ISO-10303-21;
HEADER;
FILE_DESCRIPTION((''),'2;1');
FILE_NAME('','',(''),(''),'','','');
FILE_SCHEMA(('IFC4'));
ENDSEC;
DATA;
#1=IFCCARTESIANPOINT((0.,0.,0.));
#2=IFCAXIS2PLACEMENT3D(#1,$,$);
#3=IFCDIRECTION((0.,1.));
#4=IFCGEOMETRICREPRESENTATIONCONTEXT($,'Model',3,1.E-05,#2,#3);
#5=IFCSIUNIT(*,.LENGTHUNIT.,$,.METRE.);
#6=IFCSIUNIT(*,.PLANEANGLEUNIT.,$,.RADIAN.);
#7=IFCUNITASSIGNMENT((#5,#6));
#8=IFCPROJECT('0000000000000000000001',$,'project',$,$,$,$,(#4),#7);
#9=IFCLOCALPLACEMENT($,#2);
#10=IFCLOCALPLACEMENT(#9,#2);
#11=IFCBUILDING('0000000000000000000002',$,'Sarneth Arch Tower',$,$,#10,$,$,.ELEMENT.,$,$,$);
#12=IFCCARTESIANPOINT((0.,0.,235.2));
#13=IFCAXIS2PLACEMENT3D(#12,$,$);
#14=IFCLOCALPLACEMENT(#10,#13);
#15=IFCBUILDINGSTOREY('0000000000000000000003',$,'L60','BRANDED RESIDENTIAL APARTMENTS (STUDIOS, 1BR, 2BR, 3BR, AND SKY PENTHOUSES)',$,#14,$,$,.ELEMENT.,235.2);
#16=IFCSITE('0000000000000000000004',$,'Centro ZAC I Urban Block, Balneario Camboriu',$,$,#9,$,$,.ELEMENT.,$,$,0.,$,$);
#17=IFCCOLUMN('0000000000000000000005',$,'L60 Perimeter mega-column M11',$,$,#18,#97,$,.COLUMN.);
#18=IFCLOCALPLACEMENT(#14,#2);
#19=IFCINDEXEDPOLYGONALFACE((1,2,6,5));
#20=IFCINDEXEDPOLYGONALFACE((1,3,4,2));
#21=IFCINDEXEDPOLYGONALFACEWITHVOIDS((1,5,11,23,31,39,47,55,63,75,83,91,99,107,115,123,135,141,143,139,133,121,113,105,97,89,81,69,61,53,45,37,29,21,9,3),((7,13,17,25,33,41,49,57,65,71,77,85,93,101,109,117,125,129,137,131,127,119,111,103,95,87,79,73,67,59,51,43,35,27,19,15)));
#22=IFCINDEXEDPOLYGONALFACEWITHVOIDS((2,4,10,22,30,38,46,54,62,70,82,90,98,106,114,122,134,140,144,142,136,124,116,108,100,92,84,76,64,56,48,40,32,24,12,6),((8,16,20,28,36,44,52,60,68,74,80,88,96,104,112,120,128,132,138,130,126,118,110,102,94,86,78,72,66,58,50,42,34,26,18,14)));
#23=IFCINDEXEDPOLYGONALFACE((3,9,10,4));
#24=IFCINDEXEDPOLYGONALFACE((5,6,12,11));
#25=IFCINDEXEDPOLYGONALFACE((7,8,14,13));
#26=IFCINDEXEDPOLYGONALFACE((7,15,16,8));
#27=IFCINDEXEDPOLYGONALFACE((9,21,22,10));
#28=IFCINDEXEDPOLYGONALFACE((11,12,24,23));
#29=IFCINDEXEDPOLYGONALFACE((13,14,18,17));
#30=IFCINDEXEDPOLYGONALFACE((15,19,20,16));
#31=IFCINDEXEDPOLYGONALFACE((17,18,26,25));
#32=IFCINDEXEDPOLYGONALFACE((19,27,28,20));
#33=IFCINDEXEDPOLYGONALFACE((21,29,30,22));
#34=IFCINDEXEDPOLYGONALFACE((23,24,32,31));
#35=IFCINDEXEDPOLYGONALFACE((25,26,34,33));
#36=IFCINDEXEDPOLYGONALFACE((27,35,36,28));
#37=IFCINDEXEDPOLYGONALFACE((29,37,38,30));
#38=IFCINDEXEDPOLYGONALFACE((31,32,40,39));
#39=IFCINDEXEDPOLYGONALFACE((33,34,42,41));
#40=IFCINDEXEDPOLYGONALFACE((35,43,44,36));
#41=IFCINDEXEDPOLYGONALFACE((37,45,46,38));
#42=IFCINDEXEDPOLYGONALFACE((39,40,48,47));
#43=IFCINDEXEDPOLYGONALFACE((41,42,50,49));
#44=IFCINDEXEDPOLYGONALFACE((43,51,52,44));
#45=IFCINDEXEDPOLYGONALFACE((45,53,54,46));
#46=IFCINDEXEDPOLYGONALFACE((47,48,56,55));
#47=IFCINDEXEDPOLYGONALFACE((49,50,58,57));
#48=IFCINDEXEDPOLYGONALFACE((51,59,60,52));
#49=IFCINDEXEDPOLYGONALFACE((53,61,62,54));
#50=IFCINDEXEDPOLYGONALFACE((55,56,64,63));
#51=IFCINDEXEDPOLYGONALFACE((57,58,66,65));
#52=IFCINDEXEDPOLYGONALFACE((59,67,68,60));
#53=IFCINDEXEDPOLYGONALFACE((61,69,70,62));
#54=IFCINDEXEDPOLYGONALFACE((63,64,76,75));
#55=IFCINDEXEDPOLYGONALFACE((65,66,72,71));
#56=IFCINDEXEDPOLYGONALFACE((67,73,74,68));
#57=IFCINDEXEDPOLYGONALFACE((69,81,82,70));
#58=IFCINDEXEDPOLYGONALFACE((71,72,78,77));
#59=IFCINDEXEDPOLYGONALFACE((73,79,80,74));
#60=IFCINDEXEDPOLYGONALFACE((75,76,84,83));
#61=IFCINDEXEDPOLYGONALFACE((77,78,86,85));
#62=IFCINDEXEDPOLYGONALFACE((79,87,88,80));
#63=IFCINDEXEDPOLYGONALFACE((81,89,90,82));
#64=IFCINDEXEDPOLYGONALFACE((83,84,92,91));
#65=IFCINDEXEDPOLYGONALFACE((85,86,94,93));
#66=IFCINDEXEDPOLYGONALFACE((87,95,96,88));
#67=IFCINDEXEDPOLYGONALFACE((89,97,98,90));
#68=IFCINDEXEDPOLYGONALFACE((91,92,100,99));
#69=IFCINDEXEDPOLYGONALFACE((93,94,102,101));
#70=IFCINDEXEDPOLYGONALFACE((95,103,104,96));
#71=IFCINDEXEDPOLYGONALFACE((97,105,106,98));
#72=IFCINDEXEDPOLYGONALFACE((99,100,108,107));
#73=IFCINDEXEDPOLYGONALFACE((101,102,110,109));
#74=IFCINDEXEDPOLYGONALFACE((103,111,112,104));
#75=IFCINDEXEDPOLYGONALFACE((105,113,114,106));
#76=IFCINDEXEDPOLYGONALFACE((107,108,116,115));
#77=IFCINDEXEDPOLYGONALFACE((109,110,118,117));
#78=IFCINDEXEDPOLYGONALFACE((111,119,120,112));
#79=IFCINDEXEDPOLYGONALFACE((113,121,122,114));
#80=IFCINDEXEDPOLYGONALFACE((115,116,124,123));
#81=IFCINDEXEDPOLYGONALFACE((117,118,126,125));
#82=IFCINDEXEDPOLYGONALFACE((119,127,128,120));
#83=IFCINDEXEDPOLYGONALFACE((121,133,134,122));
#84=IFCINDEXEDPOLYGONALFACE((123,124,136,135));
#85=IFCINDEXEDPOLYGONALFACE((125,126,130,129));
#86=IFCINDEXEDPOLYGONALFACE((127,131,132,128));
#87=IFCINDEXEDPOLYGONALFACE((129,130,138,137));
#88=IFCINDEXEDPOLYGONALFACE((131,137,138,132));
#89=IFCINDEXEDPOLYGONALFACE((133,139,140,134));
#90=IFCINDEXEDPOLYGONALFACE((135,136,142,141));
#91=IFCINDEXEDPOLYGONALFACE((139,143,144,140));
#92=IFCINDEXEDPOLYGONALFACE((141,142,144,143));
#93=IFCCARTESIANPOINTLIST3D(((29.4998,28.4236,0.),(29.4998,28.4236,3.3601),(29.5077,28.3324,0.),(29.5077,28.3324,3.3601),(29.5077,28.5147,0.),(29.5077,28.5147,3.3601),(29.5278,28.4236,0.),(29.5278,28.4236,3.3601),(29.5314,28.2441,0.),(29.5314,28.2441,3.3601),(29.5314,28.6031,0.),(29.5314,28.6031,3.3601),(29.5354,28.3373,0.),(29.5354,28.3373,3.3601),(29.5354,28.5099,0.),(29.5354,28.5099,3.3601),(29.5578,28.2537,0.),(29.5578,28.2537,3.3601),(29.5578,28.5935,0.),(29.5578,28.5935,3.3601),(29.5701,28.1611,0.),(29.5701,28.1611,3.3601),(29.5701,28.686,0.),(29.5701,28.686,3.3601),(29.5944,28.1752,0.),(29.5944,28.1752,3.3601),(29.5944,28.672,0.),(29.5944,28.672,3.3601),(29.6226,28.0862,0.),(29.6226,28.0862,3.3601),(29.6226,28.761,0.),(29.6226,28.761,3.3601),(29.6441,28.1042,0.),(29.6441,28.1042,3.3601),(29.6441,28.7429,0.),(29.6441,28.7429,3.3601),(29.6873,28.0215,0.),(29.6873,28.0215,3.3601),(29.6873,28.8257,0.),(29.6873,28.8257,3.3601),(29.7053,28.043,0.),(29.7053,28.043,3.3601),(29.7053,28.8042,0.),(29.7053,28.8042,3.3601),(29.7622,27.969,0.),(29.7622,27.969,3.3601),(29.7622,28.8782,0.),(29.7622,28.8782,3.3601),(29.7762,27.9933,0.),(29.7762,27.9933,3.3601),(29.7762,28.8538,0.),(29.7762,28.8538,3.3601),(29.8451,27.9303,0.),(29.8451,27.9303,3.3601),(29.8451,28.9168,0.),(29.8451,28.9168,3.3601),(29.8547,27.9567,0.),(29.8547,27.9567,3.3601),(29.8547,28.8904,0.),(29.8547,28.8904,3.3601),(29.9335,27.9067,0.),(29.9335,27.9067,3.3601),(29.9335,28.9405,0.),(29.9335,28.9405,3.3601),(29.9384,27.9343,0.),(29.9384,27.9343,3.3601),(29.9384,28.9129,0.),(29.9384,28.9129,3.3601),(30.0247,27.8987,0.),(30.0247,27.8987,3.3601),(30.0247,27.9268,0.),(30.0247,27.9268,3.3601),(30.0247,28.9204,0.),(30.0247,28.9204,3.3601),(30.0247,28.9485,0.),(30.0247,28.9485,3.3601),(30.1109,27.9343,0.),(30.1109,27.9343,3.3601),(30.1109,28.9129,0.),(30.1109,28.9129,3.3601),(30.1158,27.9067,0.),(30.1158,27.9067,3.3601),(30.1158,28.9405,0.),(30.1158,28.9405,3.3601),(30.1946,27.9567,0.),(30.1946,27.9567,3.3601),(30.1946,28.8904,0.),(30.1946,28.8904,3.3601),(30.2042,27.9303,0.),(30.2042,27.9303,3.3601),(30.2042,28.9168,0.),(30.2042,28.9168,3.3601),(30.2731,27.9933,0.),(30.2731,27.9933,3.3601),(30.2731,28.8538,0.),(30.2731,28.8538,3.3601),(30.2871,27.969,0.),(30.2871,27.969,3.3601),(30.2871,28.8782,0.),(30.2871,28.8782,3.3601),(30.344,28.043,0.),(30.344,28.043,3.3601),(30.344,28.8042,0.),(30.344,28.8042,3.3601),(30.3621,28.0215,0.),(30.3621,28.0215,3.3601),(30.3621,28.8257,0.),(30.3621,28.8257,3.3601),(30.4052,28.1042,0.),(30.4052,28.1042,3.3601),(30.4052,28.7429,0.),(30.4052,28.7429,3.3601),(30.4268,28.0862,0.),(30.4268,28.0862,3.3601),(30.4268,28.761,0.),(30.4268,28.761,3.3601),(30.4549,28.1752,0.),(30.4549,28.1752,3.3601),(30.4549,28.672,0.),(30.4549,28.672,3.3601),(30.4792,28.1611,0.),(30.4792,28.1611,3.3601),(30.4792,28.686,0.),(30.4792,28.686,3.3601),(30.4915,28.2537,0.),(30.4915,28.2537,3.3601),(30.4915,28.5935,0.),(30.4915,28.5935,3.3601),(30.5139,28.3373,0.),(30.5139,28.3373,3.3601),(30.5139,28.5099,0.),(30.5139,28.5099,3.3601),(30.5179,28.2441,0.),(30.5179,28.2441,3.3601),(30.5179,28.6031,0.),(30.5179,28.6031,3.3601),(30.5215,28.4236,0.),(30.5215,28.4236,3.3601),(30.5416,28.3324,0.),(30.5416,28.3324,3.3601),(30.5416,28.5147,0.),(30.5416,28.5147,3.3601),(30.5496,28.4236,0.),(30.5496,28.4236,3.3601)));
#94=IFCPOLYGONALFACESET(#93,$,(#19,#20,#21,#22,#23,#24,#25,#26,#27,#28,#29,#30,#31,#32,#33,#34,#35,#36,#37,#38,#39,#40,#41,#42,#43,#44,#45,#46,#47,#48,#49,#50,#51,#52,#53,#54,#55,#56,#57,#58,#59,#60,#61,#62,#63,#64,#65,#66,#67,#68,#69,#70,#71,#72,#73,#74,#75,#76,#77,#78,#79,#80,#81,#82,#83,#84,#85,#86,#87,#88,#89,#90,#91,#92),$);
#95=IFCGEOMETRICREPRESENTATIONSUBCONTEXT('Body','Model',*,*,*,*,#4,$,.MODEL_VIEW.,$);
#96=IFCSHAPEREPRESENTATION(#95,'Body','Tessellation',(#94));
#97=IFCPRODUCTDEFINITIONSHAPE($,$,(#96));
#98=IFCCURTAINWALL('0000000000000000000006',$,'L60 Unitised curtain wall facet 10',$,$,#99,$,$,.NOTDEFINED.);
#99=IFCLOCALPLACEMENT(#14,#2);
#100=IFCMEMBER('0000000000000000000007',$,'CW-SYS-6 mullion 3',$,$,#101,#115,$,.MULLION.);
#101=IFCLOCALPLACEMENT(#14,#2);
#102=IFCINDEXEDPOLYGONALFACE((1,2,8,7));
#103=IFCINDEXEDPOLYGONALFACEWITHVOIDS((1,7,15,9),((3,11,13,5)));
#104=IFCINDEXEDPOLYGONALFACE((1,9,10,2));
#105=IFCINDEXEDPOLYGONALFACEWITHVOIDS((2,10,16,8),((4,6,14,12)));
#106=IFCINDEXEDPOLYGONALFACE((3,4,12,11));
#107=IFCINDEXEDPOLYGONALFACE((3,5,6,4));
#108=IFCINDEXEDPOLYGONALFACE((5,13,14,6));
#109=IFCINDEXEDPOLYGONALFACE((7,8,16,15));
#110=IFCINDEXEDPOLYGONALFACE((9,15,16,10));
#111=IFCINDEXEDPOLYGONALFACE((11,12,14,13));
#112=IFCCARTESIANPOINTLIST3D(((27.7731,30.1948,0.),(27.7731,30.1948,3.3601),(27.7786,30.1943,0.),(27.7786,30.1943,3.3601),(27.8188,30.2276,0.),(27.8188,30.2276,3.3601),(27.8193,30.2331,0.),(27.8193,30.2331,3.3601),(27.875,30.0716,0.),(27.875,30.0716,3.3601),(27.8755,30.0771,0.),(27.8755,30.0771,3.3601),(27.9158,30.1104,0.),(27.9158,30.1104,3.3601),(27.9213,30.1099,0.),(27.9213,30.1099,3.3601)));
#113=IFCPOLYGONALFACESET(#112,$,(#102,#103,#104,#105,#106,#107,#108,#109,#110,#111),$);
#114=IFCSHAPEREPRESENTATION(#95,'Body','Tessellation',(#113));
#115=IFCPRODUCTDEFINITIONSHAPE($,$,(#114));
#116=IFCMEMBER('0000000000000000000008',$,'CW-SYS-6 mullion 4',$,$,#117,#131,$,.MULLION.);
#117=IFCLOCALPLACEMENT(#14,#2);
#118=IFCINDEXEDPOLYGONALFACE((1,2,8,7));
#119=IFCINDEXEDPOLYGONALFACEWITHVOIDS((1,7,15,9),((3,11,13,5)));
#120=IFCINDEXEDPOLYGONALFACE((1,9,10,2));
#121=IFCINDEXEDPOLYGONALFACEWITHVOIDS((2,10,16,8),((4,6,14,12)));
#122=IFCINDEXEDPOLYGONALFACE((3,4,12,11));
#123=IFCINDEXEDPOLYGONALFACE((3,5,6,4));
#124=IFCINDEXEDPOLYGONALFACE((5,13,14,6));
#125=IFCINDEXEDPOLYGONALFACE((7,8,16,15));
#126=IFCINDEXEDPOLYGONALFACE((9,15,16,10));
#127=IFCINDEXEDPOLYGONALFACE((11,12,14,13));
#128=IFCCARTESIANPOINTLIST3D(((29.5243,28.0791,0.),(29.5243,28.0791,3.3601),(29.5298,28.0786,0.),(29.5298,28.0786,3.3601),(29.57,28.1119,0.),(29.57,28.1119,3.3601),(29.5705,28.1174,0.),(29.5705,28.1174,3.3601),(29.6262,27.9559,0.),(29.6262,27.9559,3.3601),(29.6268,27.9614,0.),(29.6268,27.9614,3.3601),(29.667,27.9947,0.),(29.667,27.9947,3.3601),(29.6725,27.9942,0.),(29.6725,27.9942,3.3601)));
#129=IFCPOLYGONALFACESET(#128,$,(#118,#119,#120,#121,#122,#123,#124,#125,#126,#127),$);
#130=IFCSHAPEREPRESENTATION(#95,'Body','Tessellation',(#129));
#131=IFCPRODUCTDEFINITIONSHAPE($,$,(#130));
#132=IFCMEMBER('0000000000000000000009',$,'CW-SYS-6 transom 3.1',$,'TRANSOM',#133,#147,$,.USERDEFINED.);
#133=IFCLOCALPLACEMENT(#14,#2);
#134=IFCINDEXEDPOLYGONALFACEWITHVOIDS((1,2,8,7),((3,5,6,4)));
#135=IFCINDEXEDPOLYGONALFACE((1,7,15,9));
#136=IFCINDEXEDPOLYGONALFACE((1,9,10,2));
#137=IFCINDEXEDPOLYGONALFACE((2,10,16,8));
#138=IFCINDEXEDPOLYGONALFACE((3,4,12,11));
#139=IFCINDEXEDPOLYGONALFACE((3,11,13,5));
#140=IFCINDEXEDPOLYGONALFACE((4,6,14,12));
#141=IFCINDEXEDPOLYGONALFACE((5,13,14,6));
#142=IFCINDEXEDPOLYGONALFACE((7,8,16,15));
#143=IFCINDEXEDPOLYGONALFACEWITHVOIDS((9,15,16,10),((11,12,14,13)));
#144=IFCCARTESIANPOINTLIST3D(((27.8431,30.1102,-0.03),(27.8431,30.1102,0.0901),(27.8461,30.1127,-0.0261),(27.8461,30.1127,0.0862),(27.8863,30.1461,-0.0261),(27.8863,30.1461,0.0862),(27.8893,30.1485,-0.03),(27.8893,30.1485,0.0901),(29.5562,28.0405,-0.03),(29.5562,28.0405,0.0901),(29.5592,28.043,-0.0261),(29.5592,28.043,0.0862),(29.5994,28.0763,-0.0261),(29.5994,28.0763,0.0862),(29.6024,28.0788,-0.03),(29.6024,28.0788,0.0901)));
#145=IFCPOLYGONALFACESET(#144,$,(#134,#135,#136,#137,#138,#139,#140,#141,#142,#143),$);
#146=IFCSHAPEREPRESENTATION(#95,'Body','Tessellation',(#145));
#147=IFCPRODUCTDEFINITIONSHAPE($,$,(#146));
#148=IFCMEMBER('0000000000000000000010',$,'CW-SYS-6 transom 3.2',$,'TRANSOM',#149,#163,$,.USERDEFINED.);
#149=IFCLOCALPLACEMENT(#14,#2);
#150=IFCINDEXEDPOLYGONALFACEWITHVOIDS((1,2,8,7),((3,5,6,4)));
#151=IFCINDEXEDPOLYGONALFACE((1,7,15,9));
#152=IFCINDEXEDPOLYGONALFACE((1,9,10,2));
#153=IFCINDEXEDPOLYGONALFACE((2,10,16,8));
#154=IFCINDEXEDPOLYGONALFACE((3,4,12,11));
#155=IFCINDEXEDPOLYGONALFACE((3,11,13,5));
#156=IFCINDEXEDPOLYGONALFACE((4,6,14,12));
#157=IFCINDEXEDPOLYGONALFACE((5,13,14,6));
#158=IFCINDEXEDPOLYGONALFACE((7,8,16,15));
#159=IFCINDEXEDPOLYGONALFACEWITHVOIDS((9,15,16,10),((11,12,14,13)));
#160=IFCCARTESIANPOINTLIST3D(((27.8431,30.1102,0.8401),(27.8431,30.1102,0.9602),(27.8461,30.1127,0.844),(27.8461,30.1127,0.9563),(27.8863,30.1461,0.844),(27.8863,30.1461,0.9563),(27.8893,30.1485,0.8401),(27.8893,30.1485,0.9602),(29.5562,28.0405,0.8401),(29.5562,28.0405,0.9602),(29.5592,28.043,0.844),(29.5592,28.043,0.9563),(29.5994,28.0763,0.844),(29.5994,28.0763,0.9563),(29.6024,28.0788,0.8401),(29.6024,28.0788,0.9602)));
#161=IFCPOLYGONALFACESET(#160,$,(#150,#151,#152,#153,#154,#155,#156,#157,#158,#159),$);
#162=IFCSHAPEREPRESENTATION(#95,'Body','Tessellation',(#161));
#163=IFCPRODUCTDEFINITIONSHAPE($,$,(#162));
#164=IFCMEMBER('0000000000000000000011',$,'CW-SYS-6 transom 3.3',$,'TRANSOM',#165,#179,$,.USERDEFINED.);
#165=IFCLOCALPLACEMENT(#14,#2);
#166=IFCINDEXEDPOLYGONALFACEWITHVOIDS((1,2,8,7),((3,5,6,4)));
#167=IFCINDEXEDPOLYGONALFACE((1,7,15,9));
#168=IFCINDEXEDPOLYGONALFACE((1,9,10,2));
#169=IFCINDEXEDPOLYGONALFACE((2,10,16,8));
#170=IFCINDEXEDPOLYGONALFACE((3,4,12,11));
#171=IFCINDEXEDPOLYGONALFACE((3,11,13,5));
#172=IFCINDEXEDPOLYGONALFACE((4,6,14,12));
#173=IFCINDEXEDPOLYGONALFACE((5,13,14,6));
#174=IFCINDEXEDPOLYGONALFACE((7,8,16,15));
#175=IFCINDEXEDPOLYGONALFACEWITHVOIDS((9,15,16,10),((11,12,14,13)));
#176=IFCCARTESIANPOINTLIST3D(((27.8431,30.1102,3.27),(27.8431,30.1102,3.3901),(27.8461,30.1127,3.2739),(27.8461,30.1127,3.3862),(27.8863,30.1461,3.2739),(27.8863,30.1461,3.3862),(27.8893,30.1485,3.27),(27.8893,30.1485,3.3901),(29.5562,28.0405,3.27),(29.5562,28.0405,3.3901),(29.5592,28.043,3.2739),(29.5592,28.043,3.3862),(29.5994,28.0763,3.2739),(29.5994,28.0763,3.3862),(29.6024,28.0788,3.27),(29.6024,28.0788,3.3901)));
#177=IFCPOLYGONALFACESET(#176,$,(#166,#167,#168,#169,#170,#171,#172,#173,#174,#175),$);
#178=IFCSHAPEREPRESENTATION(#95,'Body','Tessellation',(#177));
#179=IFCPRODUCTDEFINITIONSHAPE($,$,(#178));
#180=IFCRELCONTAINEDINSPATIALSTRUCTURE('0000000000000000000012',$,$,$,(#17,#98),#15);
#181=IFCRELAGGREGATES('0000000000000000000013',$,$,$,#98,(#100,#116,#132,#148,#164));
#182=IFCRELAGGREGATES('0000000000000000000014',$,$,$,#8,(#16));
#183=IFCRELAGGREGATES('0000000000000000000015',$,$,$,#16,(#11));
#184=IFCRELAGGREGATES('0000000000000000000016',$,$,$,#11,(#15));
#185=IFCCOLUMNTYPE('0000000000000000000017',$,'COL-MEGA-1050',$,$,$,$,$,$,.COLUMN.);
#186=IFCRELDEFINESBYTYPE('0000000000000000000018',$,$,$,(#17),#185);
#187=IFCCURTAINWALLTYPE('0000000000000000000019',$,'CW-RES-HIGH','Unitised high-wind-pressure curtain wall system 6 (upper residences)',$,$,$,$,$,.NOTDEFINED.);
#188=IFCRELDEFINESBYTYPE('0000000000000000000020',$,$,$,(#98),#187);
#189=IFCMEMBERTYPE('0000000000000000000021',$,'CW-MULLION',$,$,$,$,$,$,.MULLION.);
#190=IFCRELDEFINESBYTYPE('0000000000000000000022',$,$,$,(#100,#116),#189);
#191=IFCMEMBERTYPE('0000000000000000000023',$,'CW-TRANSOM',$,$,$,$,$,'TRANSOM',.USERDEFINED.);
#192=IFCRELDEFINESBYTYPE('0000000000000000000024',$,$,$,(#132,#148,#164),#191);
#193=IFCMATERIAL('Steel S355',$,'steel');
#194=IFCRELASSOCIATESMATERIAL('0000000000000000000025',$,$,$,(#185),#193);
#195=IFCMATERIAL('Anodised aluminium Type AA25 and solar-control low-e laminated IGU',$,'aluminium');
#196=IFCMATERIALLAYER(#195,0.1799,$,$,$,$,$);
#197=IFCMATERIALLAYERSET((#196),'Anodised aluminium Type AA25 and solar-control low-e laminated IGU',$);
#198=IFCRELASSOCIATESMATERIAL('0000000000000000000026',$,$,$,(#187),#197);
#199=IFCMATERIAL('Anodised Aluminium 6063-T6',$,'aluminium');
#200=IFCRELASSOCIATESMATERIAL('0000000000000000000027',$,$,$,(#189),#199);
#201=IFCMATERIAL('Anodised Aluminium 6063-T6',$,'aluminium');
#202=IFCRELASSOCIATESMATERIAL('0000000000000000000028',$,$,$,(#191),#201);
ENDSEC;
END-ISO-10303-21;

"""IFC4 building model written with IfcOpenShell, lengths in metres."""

from ifc_helpers import new_model, si_unit, direction, frame, origin, origin_2d, place, context, subcontext, project, spatial, hollow_rectangle, hollow_circle, extrude, material, layer, layer_set, material_profile, profile_set, type_object, element, aggregate, save


model = new_model("IFC4")

# Units and contexts
model_context = context("Model", 3, precision=1e-05, world=origin(), true_north=direction((0.0, 1.0)))
body_context = subcontext(model_context, "Body", "Model", "MODEL_VIEW")
ifc_project = project(units=[si_unit("LENGTHUNIT", "METRE"), si_unit("PLANEANGLEUNIT", "RADIAN")], contexts=[model_context])

# Site, building, storey
site_placement = place(None, origin())
site = spatial("IfcSite", under=ifc_project, at=site_placement, Name="Centro ZAC I Urban Block, Balneario Camboriu", CompositionType="ELEMENT", RefElevation=0.0)
building_placement = place(site_placement, origin())
building = spatial("IfcBuilding", under=site, at=building_placement, Name="Sarneth Arch Tower", CompositionType="ELEMENT")
storey_placement = place(building_placement, frame((0.0, 0.0, 235.2)))
storey = spatial("IfcBuildingStorey", under=building, at=storey_placement, Name="L60", Description="BRANDED RESIDENTIAL APARTMENTS (STUDIOS, 1BR, 2BR, 3BR, AND SKY PENTHOUSES)", CompositionType="ELEMENT", Elevation=235.2)

# Column
ifc_material_1 = material(Name="Steel S355", Category="steel")
ifc_material_profile_1 = material_profile(ifc_material_1, hollow_circle(Radius=0.5249, WallThickness=0.0281, at=origin_2d()), Name="CHS1050x28")
ifc_profile_set_1 = profile_set([ifc_material_profile_1], Name="Steel S355")
column_type = type_object("IfcColumnType", Name="COL-MEGA-1050", PredefinedType="COLUMN", material=ifc_profile_set_1)
column_placement = place(storey_placement, frame((30.0247, 28.4236, 0.0), z_axis=(0.0, 0.0, 1.0), x_axis=(1.0, 0.0, 0.0)))
element("IfcColumn", 1, at=column_placement, inside=storey, type_object=column_type, Name="L60 Perimeter mega-column M11", PredefinedType="COLUMN", context=body_context, shape_type="SweptSolid", body=[
    extrude(hollow_circle(Radius=0.5249, WallThickness=0.0281, at=origin_2d()), origin(), (0.0, 0.0, 1.0), 3.3601),
])

# Curtain wall, members
ifc_material_2 = material(Name="Anodised aluminium Type AA25 and solar-control low-e laminated IGU", Category="aluminium")
ifc_layer_1 = layer(ifc_material_2, 0.1799)
ifc_layer_set_1 = layer_set([ifc_layer_1], Name="Anodised aluminium Type AA25 and solar-control low-e laminated IGU")
curtain_wall_type = type_object("IfcCurtainWallType", Name="CW-RES-HIGH", Description="Unitised high-wind-pressure curtain wall system 6 (upper residences)", PredefinedType="NOTDEFINED", material=ifc_layer_set_1)
curtain_wall_placement = place(storey_placement, origin())
curtain_wall = element("IfcCurtainWall", 2, at=curtain_wall_placement, inside=storey, type_object=curtain_wall_type, Name="L60 Unitised curtain wall facet 10", PredefinedType="NOTDEFINED")
ifc_material_3 = material(Name="Anodised Aluminium 6063-T6", Category="aluminium")
ifc_material_profile_2 = material_profile(ifc_material_3, hollow_rectangle(XDim=0.0601, YDim=0.1599, WallThickness=0.0039, at=origin_2d()), Name="AL-MULL-160x60x4")
ifc_profile_set_2 = profile_set([ifc_material_profile_2], Name="Anodised Aluminium 6063-T6")
member_type_1 = type_object("IfcMemberType", Name="CW-MULLION", PredefinedType="MULLION", material=ifc_profile_set_2)
member_1_placement = place(storey_placement, frame((27.8472, 30.1523, 0.0), z_axis=(0.0, 0.0, 1.0), x_axis=(0.770359, 0.63761, 0.0)))
member_1 = element("IfcMember", 3, at=member_1_placement, type_object=member_type_1, Name="CW-SYS-6 mullion 3", PredefinedType="MULLION", context=body_context, shape_type="SweptSolid", body=[
    extrude(hollow_rectangle(XDim=0.0601, YDim=0.1599, WallThickness=0.0039, at=origin_2d()), origin(), (0.0, 0.0, 1.0), 3.3601),
])
member_2_placement = place(storey_placement, frame((29.5984, 28.0366, 0.0), z_axis=(0.0, 0.0, 1.0), x_axis=(0.770359, 0.63761, 0.0)))
member_2 = element("IfcMember", 4, at=member_2_placement, type_object=member_type_1, Name="CW-SYS-6 mullion 4", PredefinedType="MULLION", context=body_context, shape_type="SweptSolid", body=[
    extrude(hollow_rectangle(XDim=0.0601, YDim=0.1599, WallThickness=0.0039, at=origin_2d()), origin(), (0.0, 0.0, 1.0), 3.3601),
])
ifc_material_4 = material(Name="Anodised Aluminium 6063-T6", Category="aluminium")
ifc_material_profile_3 = material_profile(ifc_material_4, hollow_rectangle(XDim=0.0601, YDim=0.1201, WallThickness=0.0039, at=origin_2d()), Name="AL-TRAN-120x60x4")
ifc_profile_set_3 = profile_set([ifc_material_profile_3], Name="Anodised Aluminium 6063-T6")
member_type_2 = type_object("IfcMemberType", Name="CW-TRANSOM", ElementType="TRANSOM", PredefinedType="USERDEFINED", material=ifc_profile_set_3)
member_3_placement = place(storey_placement, frame((27.8662, 30.1294, 0.03), z_axis=(0.637607, -0.770362, 0.0), x_axis=(0.770362, 0.637607, 0.0)))
member_3 = element("IfcMember", 5, at=member_3_placement, type_object=member_type_2, Name="CW-SYS-6 transom 3.1", ObjectType="TRANSOM", PredefinedType="USERDEFINED", context=body_context, shape_type="SweptSolid", body=[
    extrude(hollow_rectangle(XDim=0.0601, YDim=0.1201, WallThickness=0.0039, at=origin_2d()), origin(), (0.0, 0.0, 1.0), 2.6868),
])
member_4_placement = place(storey_placement, frame((27.8662, 30.1294, 0.9001), z_axis=(0.637607, -0.770362, 0.0), x_axis=(0.770362, 0.637607, 0.0)))
member_4 = element("IfcMember", 6, at=member_4_placement, type_object=member_type_2, Name="CW-SYS-6 transom 3.2", ObjectType="TRANSOM", PredefinedType="USERDEFINED", context=body_context, shape_type="SweptSolid", body=[
    extrude(hollow_rectangle(XDim=0.0601, YDim=0.1201, WallThickness=0.0039, at=origin_2d()), origin(), (0.0, 0.0, 1.0), 2.6868),
])
member_5_placement = place(storey_placement, frame((27.8662, 30.1294, 3.3301), z_axis=(0.637607, -0.770362, 0.0), x_axis=(0.770362, 0.637607, 0.0)))
member_5 = element("IfcMember", 7, at=member_5_placement, type_object=member_type_2, Name="CW-SYS-6 transom 3.3", ObjectType="TRANSOM", PredefinedType="USERDEFINED", context=body_context, shape_type="SweptSolid", body=[
    extrude(hollow_rectangle(XDim=0.0601, YDim=0.1201, WallThickness=0.0039, at=origin_2d()), origin(), (0.0, 0.0, 1.0), 2.6868),
])

aggregate(curtain_wall, [member_1, member_2, member_3, member_4, member_5])

save(model, "model.ifc")
